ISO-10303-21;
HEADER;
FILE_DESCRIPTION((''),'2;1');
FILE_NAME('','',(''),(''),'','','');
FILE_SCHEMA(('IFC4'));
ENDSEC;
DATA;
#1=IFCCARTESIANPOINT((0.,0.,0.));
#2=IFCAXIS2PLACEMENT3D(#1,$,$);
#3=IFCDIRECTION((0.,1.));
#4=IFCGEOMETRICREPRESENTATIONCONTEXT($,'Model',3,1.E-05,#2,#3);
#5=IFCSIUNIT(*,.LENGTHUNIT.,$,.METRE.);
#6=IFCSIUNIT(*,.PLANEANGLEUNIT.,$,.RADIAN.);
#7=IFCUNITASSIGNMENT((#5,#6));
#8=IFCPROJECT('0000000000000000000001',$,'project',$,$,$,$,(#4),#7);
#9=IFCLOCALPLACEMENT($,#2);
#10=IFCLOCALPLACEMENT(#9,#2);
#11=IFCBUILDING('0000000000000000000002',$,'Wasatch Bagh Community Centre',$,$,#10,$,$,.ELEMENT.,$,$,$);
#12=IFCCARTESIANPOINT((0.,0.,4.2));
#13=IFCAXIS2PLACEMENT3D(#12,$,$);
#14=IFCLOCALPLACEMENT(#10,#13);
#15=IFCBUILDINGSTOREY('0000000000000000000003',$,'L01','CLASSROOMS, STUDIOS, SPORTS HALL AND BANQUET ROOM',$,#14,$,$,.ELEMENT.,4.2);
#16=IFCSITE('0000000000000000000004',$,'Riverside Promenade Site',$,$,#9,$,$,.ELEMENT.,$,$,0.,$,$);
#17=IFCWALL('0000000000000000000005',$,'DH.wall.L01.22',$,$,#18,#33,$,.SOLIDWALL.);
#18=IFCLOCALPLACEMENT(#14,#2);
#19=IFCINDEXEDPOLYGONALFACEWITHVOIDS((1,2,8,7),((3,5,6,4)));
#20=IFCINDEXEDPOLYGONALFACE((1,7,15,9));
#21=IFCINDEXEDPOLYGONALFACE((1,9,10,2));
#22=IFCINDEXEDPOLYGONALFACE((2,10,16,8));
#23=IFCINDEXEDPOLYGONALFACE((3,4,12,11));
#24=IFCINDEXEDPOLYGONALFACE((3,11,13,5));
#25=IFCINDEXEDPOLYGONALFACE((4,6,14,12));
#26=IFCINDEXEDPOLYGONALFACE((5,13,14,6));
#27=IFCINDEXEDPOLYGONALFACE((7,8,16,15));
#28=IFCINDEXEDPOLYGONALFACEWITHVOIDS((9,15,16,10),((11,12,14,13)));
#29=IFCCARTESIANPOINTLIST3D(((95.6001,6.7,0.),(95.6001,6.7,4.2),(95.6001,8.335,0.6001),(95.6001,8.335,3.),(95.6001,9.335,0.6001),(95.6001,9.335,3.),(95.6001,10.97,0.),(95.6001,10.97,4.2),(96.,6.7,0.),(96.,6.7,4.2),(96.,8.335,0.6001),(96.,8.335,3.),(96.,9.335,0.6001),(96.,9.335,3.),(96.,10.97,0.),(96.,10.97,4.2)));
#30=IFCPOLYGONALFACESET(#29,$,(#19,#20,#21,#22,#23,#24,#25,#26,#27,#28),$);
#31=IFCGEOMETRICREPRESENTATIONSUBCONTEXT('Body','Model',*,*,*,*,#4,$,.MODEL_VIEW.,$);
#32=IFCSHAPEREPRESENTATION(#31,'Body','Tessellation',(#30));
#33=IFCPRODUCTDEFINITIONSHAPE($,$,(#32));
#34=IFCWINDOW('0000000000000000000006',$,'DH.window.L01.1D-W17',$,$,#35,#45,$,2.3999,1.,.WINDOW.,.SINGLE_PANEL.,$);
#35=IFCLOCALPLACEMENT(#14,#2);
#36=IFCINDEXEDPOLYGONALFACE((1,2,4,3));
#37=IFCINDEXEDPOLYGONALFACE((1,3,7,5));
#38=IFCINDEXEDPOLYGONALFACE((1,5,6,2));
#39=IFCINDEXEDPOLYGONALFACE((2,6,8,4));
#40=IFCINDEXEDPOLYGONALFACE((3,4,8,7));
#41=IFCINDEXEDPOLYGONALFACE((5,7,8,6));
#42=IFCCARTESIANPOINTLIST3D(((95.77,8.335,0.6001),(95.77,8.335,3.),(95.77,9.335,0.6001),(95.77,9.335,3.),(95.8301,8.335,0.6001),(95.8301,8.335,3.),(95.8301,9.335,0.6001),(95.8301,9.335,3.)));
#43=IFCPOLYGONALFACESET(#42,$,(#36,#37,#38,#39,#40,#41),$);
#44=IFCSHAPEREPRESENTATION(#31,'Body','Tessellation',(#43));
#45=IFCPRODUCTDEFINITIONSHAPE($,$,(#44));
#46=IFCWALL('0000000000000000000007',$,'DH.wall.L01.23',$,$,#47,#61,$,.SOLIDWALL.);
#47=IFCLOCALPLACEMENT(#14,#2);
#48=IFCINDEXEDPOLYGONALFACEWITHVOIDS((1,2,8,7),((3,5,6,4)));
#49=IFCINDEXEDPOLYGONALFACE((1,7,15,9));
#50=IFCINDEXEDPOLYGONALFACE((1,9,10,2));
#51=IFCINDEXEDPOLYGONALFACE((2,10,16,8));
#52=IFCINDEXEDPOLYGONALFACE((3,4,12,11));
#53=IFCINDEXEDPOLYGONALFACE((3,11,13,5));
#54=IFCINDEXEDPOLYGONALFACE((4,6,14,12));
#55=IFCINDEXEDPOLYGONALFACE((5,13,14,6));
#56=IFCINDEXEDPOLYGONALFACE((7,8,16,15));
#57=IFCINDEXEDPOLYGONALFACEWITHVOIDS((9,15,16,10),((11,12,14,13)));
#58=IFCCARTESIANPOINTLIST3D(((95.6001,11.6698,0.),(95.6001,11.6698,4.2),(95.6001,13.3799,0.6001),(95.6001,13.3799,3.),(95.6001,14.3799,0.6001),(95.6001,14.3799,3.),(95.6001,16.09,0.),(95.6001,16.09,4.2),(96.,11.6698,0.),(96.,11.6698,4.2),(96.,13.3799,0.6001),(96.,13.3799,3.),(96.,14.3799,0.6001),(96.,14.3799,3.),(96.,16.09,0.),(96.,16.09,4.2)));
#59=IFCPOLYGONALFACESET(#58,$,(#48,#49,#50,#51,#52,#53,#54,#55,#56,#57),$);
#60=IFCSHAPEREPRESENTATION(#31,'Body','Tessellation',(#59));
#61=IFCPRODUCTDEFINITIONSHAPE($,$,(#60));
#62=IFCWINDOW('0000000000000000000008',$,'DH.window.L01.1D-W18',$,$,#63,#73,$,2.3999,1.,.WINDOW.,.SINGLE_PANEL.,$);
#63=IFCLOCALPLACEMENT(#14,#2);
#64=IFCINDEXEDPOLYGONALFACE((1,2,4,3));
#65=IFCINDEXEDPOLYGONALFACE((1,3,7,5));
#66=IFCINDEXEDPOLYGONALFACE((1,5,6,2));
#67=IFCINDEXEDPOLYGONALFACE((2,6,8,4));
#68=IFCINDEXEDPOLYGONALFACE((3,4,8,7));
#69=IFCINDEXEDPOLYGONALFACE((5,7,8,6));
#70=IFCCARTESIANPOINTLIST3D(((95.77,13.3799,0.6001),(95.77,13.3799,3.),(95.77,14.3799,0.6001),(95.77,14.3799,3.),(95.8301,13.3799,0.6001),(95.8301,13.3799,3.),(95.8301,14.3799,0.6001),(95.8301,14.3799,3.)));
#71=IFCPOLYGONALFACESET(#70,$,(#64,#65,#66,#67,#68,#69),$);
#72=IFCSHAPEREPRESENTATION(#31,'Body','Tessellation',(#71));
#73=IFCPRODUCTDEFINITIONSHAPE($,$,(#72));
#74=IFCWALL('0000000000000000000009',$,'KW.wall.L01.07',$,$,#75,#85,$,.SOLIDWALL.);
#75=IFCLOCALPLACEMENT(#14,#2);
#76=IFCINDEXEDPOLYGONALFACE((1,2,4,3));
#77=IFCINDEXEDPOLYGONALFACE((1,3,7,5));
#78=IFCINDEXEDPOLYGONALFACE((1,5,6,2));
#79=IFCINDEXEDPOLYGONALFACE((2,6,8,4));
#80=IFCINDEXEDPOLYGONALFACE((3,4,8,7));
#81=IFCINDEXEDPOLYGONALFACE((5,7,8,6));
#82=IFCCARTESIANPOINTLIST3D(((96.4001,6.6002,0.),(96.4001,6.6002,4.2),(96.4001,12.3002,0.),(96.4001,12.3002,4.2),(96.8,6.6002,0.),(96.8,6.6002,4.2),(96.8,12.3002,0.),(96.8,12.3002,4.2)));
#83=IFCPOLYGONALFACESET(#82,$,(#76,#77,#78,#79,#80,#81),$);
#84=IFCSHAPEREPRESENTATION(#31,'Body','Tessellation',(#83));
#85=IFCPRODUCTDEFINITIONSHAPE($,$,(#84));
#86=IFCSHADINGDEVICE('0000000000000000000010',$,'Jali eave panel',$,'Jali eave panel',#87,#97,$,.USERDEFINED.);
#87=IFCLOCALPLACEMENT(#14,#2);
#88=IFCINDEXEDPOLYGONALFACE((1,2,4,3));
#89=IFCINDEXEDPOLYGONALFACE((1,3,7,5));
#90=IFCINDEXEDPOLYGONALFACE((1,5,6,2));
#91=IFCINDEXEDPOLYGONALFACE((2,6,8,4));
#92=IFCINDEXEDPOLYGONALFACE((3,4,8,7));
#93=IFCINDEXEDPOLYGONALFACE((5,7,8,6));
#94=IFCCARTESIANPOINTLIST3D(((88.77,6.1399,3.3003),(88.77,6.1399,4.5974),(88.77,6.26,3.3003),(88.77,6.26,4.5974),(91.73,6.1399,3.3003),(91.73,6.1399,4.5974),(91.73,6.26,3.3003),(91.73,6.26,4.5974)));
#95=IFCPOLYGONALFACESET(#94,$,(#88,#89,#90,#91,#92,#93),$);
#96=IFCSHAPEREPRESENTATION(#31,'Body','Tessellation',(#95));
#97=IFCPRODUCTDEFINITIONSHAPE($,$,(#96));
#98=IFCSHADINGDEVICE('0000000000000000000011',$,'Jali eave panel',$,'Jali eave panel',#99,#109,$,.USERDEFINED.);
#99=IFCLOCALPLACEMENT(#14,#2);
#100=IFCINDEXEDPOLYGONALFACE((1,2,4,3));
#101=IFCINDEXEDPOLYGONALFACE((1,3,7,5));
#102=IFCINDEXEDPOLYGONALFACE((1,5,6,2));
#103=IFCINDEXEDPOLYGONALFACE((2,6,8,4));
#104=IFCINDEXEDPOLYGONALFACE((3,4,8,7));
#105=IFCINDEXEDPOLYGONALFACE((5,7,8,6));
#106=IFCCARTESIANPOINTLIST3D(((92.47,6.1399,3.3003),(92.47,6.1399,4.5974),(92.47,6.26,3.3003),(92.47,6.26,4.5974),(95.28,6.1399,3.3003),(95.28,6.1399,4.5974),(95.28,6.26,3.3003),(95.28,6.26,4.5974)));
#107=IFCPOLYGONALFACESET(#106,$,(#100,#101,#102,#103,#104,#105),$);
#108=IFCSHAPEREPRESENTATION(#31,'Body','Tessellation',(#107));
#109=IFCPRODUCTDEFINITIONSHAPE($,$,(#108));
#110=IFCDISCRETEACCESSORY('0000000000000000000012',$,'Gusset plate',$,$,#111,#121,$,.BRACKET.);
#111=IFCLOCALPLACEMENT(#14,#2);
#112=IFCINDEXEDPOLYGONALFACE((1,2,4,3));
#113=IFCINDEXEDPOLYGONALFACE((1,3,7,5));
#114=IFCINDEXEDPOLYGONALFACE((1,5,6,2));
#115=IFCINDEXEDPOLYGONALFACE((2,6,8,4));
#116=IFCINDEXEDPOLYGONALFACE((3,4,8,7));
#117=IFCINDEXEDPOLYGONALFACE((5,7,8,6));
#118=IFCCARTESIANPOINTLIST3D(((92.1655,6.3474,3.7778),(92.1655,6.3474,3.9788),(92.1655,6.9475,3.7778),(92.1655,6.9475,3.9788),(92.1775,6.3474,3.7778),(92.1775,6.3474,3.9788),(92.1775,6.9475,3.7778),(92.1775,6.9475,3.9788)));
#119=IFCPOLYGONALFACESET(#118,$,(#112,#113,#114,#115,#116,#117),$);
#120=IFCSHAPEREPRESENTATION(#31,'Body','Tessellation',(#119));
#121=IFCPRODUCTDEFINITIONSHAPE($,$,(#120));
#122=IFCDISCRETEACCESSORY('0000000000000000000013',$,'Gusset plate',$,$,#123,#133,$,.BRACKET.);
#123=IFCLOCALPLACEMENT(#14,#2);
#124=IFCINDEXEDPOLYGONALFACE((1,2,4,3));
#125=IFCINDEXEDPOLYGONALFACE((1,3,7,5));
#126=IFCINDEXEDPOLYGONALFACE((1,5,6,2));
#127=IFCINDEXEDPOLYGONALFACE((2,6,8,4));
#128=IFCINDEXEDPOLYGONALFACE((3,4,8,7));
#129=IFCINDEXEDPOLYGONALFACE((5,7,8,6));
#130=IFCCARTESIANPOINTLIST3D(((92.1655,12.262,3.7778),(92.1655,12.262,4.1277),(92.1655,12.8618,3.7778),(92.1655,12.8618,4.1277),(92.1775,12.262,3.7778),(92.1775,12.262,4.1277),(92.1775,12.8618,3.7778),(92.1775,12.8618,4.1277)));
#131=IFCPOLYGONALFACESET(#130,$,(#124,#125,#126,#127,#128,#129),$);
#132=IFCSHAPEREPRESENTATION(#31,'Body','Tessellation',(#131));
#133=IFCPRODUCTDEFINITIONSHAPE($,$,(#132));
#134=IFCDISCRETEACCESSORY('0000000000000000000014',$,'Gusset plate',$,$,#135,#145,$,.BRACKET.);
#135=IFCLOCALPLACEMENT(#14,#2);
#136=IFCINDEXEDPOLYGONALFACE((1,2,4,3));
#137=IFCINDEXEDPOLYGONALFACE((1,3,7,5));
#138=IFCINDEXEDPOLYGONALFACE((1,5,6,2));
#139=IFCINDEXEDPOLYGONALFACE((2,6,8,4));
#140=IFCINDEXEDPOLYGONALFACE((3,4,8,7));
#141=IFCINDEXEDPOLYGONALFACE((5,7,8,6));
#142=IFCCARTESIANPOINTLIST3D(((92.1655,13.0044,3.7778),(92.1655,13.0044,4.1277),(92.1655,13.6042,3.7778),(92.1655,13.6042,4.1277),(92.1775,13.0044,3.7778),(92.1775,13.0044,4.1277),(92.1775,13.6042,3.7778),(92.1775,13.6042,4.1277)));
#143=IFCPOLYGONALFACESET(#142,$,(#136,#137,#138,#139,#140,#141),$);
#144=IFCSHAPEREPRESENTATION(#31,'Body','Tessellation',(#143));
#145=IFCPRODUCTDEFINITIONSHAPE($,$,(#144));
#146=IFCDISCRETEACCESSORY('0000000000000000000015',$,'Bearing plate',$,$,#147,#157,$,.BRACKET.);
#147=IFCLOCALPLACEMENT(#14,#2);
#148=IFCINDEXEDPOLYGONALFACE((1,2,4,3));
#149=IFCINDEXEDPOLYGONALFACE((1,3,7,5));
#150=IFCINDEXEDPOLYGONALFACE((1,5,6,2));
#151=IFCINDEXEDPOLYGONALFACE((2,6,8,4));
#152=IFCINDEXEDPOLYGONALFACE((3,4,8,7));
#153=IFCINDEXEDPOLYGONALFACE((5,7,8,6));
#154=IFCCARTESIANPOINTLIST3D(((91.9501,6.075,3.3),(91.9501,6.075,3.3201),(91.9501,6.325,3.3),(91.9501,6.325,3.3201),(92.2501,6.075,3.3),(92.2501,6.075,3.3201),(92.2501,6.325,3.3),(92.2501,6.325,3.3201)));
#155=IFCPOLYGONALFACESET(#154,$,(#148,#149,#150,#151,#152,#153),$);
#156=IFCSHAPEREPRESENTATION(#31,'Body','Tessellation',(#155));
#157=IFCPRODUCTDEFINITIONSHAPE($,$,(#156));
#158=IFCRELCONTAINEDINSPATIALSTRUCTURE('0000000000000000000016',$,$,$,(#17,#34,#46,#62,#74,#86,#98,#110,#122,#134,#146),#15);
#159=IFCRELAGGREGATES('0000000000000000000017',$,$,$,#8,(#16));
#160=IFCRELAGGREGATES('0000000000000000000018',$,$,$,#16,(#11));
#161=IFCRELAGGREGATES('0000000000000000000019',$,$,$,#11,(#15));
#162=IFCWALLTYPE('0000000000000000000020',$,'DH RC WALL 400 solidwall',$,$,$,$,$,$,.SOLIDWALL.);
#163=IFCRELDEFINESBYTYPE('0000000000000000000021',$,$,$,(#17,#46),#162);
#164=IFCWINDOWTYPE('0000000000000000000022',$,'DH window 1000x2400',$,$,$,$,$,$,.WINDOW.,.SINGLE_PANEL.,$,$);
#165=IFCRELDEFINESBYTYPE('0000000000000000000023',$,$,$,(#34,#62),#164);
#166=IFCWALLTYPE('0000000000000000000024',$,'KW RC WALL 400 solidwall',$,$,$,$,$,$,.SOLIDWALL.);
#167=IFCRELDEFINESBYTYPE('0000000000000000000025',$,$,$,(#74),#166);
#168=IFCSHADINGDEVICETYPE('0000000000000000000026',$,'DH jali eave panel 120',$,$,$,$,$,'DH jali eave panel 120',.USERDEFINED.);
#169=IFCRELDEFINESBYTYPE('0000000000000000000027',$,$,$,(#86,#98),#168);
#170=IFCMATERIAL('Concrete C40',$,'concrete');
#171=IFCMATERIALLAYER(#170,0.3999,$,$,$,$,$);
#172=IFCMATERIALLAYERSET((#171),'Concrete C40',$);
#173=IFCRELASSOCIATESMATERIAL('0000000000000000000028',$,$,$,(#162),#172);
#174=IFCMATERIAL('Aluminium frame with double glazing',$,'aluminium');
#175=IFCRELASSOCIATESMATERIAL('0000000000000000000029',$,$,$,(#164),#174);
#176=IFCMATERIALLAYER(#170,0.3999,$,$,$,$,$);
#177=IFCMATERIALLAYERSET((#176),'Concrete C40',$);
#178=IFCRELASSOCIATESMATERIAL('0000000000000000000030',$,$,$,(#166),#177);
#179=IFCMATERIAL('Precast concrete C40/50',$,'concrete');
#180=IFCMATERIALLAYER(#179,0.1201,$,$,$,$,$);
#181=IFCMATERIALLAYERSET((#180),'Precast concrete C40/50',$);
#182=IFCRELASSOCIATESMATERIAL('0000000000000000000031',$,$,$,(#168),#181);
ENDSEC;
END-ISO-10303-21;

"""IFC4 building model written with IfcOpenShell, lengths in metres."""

from ifc_helpers import new_model, si_unit, direction, frame, frame_2d, origin, origin_2d, place, context, subcontext, project, spatial, polyline, rectangle, outline, extrude, material, layer, layer_set, type_object, element, fill, save


model = new_model("IFC4")

# Units and contexts
model_context = context("Model", 3, precision=1e-05, world=origin(), true_north=direction((0.0, 1.0)))
body_context = subcontext(model_context, "Body", "Model", "MODEL_VIEW")
ifc_project = project(units=[si_unit("LENGTHUNIT", "METRE"), si_unit("PLANEANGLEUNIT", "RADIAN")], contexts=[model_context])

# Site, building, storey
site_placement = place(None, origin())
site = spatial("IfcSite", under=ifc_project, at=site_placement, Name="Riverside Promenade Site", CompositionType="ELEMENT", RefElevation=0.0)
building_placement = place(site_placement, origin())
building = spatial("IfcBuilding", under=site, at=building_placement, Name="Wasatch Bagh Community Centre", CompositionType="ELEMENT")
storey_placement = place(building_placement, frame((0.0, 0.0, 4.2)))
storey = spatial("IfcBuildingStorey", under=building, at=storey_placement, Name="L01", Description="CLASSROOMS, STUDIOS, SPORTS HALL AND BANQUET ROOM", CompositionType="ELEMENT", Elevation=4.2)

# Shared definitions
ifc_material_1 = material(Name="Concrete C40", Category="concrete")

# Walls, openings, windows
ifc_layer_1 = layer(ifc_material_1, 0.3999)
ifc_layer_set_1 = layer_set([ifc_layer_1], Name="Concrete C40")
wall_type_1 = type_object("IfcWallType", Name="DH RC WALL 400 solidwall", PredefinedType="SOLIDWALL", material=ifc_layer_set_1)
ifc_material_2 = material(Name="Aluminium frame with double glazing", Category="aluminium")
wall_1_placement = place(storey_placement, frame((95.8, 6.7, 0.0), z_axis=(0.0, 0.0, 1.0), x_axis=(0.0, 1.0, 0.0)))
wall_1 = element("IfcWall", 1, at=wall_1_placement, inside=storey, type_object=wall_type_1, Name="DH.wall.L01.22", PredefinedType="SOLIDWALL", context=body_context, shape_type="SweptSolid", body=[
    extrude(rectangle(XDim=4.27, YDim=0.3999, at=frame_2d((2.135, 0.0))), origin(), (0.0, 0.0, 1.0), 4.2),
])
opening_1_placement = place(wall_1_placement, frame((1.635, 0.0, 0.6001)))
opening_1 = element("IfcOpeningElement", 2, at=opening_1_placement, cuts=wall_1, PredefinedType="OPENING", context=body_context, shape_type="SweptSolid", body=[
    extrude(rectangle(XDim=1.0, YDim=2.3999, at=frame_2d((0.5, 1.2))), frame((0.0, 0.21, 0.0), z_axis=(0.0, -1.0, 0.0), x_axis=(1.0, 0.0, 0.0)), (0.0, 0.0, 1.0), 0.4199),
])
window_type_1 = type_object("IfcWindowType", Name="DH window 1000x2400", PartitioningType="SINGLE_PANEL", PredefinedType="WINDOW", material=ifc_material_2)
window_1_placement = place(opening_1_placement, origin())
window_1 = element("IfcWindow", 3, at=window_1_placement, inside=storey, type_object=window_type_1, Name="DH.window.L01.1D-W17", OverallHeight=2.3999, OverallWidth=1.0, PartitioningType="SINGLE_PANEL", PredefinedType="WINDOW", context=body_context, shape_type="SweptSolid", body=[
    extrude(rectangle(XDim=1.0, YDim=2.3999, at=frame_2d((0.5, 1.2))), frame((0.0, 0.03, 0.0), z_axis=(0.0, -1.0, 0.0), x_axis=(1.0, 0.0, 0.0)), (0.0, 0.0, 1.0), 0.0601),
])
fill(opening_1, window_1)
wall_2_placement = place(storey_placement, frame((95.8, 11.6699, 0.0), z_axis=(0.0, 0.0, 1.0), x_axis=(0.0, 1.0, 0.0)))
wall_2 = element("IfcWall", 4, at=wall_2_placement, inside=storey, type_object=wall_type_1, Name="DH.wall.L01.23", PredefinedType="SOLIDWALL", context=body_context, shape_type="SweptSolid", body=[
    extrude(rectangle(XDim=4.4202, YDim=0.3999, at=frame_2d((2.21, 0.0))), origin(), (0.0, 0.0, 1.0), 4.2),
])
opening_2_placement = place(wall_2_placement, frame((1.71, 0.0, 0.6001)))
opening_2 = element("IfcOpeningElement", 5, at=opening_2_placement, cuts=wall_2, PredefinedType="OPENING", context=body_context, shape_type="SweptSolid", body=[
    extrude(rectangle(XDim=1.0, YDim=2.3999, at=frame_2d((0.5, 1.2))), frame((0.0, 0.21, 0.0), z_axis=(0.0, -1.0, 0.0), x_axis=(1.0, 0.0, 0.0)), (0.0, 0.0, 1.0), 0.4199),
])
window_2_placement = place(opening_2_placement, origin())
window_2 = element("IfcWindow", 6, at=window_2_placement, inside=storey, type_object=window_type_1, Name="DH.window.L01.1D-W18", OverallHeight=2.3999, OverallWidth=1.0, PartitioningType="SINGLE_PANEL", PredefinedType="WINDOW", context=body_context, shape_type="SweptSolid", body=[
    extrude(rectangle(XDim=1.0, YDim=2.3999, at=frame_2d((0.5, 1.2))), frame((0.0, 0.03, 0.0), z_axis=(0.0, -1.0, 0.0), x_axis=(1.0, 0.0, 0.0)), (0.0, 0.0, 1.0), 0.0601),
])
fill(opening_2, window_2)

# Wall
ifc_layer_2 = layer(ifc_material_1, 0.3999)
ifc_layer_set_2 = layer_set([ifc_layer_2], Name="Concrete C40")
wall_type_2 = type_object("IfcWallType", Name="KW RC WALL 400 solidwall", PredefinedType="SOLIDWALL", material=ifc_layer_set_2)
wall_3_placement = place(storey_placement, frame((96.6001, 6.6001, 0.0), z_axis=(0.0, 0.0, 1.0), x_axis=(0.0, 1.0, 0.0)))
element("IfcWall", 7, at=wall_3_placement, inside=storey, type_object=wall_type_2, Name="KW.wall.L01.07", PredefinedType="SOLIDWALL", context=body_context, shape_type="SweptSolid", body=[
    extrude(rectangle(XDim=5.7, YDim=0.3999, at=frame_2d((2.8501, 0.0))), origin(), (0.0, 0.0, 1.0), 4.2),
])

# Shading devices
ifc_material_3 = material(Name="Precast concrete C40/50", Category="concrete")
ifc_layer_3 = layer(ifc_material_3, 0.1201)
ifc_layer_set_3 = layer_set([ifc_layer_3], Name="Precast concrete C40/50")
shading_device_type = type_object("IfcShadingDeviceType", Name="DH jali eave panel 120", ElementType="DH jali eave panel 120", PredefinedType="USERDEFINED", material=ifc_layer_set_3)
shading_device_1_placement = place(storey_placement, frame((90.25, 6.2, 3.3003), z_axis=(0.0, 0.0, 1.0), x_axis=(1.0, 0.0, 0.0)))
element("IfcShadingDevice", 8, at=shading_device_1_placement, inside=storey, type_object=shading_device_type, Name="Jali eave panel", ObjectType="Jali eave panel", PredefinedType="USERDEFINED", context=body_context, shape_type="SweptSolid", body=[
    extrude(rectangle(XDim=2.96, YDim=0.1201, at=origin_2d()), origin(), (0.0, 0.0, 1.0), 1.2971),
])
shading_device_2_placement = place(storey_placement, frame((93.875, 6.2, 3.3003), z_axis=(0.0, 0.0, 1.0), x_axis=(1.0, 0.0, 0.0)))
element("IfcShadingDevice", 9, at=shading_device_2_placement, inside=storey, type_object=shading_device_type, Name="Jali eave panel", ObjectType="Jali eave panel", PredefinedType="USERDEFINED", context=body_context, shape_type="SweptSolid", body=[
    extrude(rectangle(XDim=2.8101, YDim=0.1201, at=origin_2d()), origin(), (0.0, 0.0, 1.0), 1.2971),
])

# Discrete accessories
discrete_accessory_1_placement = place(storey_placement, frame((92.1775, 6.3474, 3.7778), z_axis=(1.0, 0.0, 0.0), x_axis=(0.0, 1.0, 0.0)))
element("IfcDiscreteAccessory", 10, at=discrete_accessory_1_placement, inside=storey, Name="Gusset plate", PredefinedType="BRACKET", context=body_context, shape_type="SweptSolid", body=[
    extrude(outline(polyline([(0.0, 0.0), (0.6001, 0.0), (0.6001, 0.2009), (0.0, 0.2009), (0.0, 0.0)])), origin(), (0.0, 0.0, -1.0), 0.012),
])
for number, where, z_axis, x_axis, name in (
    (11, (92.1775, 12.262, 3.7778), (1.0, 0.0, 0.0), (0.0, 1.0, 0.0), "Gusset plate"),
    (12, (92.1775, 13.0044, 3.7778), (1.0, 0.0, 0.0), (0.0, 1.0, 0.0), "Gusset plate"),
):
    element("IfcDiscreteAccessory", number, at=place(storey_placement, frame(where, z_axis=z_axis, x_axis=x_axis)), inside=storey, Name=name, PredefinedType="BRACKET", context=body_context, shape_type="SweptSolid", body=[
        extrude(outline(polyline([(0.0, 0.0), (0.5999, 0.0), (0.5999, 0.3499), (0.0, 0.3499), (0.0, 0.0)])), origin(), (0.0, 0.0, -1.0), 0.012),
    ])
discrete_accessory_2_placement = place(storey_placement, frame((92.1001, 6.2, 3.3), z_axis=(0.0, 0.0, 1.0), x_axis=(1.0, 0.0, 0.0)))
element("IfcDiscreteAccessory", 13, at=discrete_accessory_2_placement, inside=storey, Name="Bearing plate", PredefinedType="BRACKET", context=body_context, shape_type="SweptSolid", body=[
    extrude(rectangle(XDim=0.3, YDim=0.25, at=origin_2d()), origin(), (0.0, 0.0, 1.0), 0.02),
])

save(model, "model.ifc")
